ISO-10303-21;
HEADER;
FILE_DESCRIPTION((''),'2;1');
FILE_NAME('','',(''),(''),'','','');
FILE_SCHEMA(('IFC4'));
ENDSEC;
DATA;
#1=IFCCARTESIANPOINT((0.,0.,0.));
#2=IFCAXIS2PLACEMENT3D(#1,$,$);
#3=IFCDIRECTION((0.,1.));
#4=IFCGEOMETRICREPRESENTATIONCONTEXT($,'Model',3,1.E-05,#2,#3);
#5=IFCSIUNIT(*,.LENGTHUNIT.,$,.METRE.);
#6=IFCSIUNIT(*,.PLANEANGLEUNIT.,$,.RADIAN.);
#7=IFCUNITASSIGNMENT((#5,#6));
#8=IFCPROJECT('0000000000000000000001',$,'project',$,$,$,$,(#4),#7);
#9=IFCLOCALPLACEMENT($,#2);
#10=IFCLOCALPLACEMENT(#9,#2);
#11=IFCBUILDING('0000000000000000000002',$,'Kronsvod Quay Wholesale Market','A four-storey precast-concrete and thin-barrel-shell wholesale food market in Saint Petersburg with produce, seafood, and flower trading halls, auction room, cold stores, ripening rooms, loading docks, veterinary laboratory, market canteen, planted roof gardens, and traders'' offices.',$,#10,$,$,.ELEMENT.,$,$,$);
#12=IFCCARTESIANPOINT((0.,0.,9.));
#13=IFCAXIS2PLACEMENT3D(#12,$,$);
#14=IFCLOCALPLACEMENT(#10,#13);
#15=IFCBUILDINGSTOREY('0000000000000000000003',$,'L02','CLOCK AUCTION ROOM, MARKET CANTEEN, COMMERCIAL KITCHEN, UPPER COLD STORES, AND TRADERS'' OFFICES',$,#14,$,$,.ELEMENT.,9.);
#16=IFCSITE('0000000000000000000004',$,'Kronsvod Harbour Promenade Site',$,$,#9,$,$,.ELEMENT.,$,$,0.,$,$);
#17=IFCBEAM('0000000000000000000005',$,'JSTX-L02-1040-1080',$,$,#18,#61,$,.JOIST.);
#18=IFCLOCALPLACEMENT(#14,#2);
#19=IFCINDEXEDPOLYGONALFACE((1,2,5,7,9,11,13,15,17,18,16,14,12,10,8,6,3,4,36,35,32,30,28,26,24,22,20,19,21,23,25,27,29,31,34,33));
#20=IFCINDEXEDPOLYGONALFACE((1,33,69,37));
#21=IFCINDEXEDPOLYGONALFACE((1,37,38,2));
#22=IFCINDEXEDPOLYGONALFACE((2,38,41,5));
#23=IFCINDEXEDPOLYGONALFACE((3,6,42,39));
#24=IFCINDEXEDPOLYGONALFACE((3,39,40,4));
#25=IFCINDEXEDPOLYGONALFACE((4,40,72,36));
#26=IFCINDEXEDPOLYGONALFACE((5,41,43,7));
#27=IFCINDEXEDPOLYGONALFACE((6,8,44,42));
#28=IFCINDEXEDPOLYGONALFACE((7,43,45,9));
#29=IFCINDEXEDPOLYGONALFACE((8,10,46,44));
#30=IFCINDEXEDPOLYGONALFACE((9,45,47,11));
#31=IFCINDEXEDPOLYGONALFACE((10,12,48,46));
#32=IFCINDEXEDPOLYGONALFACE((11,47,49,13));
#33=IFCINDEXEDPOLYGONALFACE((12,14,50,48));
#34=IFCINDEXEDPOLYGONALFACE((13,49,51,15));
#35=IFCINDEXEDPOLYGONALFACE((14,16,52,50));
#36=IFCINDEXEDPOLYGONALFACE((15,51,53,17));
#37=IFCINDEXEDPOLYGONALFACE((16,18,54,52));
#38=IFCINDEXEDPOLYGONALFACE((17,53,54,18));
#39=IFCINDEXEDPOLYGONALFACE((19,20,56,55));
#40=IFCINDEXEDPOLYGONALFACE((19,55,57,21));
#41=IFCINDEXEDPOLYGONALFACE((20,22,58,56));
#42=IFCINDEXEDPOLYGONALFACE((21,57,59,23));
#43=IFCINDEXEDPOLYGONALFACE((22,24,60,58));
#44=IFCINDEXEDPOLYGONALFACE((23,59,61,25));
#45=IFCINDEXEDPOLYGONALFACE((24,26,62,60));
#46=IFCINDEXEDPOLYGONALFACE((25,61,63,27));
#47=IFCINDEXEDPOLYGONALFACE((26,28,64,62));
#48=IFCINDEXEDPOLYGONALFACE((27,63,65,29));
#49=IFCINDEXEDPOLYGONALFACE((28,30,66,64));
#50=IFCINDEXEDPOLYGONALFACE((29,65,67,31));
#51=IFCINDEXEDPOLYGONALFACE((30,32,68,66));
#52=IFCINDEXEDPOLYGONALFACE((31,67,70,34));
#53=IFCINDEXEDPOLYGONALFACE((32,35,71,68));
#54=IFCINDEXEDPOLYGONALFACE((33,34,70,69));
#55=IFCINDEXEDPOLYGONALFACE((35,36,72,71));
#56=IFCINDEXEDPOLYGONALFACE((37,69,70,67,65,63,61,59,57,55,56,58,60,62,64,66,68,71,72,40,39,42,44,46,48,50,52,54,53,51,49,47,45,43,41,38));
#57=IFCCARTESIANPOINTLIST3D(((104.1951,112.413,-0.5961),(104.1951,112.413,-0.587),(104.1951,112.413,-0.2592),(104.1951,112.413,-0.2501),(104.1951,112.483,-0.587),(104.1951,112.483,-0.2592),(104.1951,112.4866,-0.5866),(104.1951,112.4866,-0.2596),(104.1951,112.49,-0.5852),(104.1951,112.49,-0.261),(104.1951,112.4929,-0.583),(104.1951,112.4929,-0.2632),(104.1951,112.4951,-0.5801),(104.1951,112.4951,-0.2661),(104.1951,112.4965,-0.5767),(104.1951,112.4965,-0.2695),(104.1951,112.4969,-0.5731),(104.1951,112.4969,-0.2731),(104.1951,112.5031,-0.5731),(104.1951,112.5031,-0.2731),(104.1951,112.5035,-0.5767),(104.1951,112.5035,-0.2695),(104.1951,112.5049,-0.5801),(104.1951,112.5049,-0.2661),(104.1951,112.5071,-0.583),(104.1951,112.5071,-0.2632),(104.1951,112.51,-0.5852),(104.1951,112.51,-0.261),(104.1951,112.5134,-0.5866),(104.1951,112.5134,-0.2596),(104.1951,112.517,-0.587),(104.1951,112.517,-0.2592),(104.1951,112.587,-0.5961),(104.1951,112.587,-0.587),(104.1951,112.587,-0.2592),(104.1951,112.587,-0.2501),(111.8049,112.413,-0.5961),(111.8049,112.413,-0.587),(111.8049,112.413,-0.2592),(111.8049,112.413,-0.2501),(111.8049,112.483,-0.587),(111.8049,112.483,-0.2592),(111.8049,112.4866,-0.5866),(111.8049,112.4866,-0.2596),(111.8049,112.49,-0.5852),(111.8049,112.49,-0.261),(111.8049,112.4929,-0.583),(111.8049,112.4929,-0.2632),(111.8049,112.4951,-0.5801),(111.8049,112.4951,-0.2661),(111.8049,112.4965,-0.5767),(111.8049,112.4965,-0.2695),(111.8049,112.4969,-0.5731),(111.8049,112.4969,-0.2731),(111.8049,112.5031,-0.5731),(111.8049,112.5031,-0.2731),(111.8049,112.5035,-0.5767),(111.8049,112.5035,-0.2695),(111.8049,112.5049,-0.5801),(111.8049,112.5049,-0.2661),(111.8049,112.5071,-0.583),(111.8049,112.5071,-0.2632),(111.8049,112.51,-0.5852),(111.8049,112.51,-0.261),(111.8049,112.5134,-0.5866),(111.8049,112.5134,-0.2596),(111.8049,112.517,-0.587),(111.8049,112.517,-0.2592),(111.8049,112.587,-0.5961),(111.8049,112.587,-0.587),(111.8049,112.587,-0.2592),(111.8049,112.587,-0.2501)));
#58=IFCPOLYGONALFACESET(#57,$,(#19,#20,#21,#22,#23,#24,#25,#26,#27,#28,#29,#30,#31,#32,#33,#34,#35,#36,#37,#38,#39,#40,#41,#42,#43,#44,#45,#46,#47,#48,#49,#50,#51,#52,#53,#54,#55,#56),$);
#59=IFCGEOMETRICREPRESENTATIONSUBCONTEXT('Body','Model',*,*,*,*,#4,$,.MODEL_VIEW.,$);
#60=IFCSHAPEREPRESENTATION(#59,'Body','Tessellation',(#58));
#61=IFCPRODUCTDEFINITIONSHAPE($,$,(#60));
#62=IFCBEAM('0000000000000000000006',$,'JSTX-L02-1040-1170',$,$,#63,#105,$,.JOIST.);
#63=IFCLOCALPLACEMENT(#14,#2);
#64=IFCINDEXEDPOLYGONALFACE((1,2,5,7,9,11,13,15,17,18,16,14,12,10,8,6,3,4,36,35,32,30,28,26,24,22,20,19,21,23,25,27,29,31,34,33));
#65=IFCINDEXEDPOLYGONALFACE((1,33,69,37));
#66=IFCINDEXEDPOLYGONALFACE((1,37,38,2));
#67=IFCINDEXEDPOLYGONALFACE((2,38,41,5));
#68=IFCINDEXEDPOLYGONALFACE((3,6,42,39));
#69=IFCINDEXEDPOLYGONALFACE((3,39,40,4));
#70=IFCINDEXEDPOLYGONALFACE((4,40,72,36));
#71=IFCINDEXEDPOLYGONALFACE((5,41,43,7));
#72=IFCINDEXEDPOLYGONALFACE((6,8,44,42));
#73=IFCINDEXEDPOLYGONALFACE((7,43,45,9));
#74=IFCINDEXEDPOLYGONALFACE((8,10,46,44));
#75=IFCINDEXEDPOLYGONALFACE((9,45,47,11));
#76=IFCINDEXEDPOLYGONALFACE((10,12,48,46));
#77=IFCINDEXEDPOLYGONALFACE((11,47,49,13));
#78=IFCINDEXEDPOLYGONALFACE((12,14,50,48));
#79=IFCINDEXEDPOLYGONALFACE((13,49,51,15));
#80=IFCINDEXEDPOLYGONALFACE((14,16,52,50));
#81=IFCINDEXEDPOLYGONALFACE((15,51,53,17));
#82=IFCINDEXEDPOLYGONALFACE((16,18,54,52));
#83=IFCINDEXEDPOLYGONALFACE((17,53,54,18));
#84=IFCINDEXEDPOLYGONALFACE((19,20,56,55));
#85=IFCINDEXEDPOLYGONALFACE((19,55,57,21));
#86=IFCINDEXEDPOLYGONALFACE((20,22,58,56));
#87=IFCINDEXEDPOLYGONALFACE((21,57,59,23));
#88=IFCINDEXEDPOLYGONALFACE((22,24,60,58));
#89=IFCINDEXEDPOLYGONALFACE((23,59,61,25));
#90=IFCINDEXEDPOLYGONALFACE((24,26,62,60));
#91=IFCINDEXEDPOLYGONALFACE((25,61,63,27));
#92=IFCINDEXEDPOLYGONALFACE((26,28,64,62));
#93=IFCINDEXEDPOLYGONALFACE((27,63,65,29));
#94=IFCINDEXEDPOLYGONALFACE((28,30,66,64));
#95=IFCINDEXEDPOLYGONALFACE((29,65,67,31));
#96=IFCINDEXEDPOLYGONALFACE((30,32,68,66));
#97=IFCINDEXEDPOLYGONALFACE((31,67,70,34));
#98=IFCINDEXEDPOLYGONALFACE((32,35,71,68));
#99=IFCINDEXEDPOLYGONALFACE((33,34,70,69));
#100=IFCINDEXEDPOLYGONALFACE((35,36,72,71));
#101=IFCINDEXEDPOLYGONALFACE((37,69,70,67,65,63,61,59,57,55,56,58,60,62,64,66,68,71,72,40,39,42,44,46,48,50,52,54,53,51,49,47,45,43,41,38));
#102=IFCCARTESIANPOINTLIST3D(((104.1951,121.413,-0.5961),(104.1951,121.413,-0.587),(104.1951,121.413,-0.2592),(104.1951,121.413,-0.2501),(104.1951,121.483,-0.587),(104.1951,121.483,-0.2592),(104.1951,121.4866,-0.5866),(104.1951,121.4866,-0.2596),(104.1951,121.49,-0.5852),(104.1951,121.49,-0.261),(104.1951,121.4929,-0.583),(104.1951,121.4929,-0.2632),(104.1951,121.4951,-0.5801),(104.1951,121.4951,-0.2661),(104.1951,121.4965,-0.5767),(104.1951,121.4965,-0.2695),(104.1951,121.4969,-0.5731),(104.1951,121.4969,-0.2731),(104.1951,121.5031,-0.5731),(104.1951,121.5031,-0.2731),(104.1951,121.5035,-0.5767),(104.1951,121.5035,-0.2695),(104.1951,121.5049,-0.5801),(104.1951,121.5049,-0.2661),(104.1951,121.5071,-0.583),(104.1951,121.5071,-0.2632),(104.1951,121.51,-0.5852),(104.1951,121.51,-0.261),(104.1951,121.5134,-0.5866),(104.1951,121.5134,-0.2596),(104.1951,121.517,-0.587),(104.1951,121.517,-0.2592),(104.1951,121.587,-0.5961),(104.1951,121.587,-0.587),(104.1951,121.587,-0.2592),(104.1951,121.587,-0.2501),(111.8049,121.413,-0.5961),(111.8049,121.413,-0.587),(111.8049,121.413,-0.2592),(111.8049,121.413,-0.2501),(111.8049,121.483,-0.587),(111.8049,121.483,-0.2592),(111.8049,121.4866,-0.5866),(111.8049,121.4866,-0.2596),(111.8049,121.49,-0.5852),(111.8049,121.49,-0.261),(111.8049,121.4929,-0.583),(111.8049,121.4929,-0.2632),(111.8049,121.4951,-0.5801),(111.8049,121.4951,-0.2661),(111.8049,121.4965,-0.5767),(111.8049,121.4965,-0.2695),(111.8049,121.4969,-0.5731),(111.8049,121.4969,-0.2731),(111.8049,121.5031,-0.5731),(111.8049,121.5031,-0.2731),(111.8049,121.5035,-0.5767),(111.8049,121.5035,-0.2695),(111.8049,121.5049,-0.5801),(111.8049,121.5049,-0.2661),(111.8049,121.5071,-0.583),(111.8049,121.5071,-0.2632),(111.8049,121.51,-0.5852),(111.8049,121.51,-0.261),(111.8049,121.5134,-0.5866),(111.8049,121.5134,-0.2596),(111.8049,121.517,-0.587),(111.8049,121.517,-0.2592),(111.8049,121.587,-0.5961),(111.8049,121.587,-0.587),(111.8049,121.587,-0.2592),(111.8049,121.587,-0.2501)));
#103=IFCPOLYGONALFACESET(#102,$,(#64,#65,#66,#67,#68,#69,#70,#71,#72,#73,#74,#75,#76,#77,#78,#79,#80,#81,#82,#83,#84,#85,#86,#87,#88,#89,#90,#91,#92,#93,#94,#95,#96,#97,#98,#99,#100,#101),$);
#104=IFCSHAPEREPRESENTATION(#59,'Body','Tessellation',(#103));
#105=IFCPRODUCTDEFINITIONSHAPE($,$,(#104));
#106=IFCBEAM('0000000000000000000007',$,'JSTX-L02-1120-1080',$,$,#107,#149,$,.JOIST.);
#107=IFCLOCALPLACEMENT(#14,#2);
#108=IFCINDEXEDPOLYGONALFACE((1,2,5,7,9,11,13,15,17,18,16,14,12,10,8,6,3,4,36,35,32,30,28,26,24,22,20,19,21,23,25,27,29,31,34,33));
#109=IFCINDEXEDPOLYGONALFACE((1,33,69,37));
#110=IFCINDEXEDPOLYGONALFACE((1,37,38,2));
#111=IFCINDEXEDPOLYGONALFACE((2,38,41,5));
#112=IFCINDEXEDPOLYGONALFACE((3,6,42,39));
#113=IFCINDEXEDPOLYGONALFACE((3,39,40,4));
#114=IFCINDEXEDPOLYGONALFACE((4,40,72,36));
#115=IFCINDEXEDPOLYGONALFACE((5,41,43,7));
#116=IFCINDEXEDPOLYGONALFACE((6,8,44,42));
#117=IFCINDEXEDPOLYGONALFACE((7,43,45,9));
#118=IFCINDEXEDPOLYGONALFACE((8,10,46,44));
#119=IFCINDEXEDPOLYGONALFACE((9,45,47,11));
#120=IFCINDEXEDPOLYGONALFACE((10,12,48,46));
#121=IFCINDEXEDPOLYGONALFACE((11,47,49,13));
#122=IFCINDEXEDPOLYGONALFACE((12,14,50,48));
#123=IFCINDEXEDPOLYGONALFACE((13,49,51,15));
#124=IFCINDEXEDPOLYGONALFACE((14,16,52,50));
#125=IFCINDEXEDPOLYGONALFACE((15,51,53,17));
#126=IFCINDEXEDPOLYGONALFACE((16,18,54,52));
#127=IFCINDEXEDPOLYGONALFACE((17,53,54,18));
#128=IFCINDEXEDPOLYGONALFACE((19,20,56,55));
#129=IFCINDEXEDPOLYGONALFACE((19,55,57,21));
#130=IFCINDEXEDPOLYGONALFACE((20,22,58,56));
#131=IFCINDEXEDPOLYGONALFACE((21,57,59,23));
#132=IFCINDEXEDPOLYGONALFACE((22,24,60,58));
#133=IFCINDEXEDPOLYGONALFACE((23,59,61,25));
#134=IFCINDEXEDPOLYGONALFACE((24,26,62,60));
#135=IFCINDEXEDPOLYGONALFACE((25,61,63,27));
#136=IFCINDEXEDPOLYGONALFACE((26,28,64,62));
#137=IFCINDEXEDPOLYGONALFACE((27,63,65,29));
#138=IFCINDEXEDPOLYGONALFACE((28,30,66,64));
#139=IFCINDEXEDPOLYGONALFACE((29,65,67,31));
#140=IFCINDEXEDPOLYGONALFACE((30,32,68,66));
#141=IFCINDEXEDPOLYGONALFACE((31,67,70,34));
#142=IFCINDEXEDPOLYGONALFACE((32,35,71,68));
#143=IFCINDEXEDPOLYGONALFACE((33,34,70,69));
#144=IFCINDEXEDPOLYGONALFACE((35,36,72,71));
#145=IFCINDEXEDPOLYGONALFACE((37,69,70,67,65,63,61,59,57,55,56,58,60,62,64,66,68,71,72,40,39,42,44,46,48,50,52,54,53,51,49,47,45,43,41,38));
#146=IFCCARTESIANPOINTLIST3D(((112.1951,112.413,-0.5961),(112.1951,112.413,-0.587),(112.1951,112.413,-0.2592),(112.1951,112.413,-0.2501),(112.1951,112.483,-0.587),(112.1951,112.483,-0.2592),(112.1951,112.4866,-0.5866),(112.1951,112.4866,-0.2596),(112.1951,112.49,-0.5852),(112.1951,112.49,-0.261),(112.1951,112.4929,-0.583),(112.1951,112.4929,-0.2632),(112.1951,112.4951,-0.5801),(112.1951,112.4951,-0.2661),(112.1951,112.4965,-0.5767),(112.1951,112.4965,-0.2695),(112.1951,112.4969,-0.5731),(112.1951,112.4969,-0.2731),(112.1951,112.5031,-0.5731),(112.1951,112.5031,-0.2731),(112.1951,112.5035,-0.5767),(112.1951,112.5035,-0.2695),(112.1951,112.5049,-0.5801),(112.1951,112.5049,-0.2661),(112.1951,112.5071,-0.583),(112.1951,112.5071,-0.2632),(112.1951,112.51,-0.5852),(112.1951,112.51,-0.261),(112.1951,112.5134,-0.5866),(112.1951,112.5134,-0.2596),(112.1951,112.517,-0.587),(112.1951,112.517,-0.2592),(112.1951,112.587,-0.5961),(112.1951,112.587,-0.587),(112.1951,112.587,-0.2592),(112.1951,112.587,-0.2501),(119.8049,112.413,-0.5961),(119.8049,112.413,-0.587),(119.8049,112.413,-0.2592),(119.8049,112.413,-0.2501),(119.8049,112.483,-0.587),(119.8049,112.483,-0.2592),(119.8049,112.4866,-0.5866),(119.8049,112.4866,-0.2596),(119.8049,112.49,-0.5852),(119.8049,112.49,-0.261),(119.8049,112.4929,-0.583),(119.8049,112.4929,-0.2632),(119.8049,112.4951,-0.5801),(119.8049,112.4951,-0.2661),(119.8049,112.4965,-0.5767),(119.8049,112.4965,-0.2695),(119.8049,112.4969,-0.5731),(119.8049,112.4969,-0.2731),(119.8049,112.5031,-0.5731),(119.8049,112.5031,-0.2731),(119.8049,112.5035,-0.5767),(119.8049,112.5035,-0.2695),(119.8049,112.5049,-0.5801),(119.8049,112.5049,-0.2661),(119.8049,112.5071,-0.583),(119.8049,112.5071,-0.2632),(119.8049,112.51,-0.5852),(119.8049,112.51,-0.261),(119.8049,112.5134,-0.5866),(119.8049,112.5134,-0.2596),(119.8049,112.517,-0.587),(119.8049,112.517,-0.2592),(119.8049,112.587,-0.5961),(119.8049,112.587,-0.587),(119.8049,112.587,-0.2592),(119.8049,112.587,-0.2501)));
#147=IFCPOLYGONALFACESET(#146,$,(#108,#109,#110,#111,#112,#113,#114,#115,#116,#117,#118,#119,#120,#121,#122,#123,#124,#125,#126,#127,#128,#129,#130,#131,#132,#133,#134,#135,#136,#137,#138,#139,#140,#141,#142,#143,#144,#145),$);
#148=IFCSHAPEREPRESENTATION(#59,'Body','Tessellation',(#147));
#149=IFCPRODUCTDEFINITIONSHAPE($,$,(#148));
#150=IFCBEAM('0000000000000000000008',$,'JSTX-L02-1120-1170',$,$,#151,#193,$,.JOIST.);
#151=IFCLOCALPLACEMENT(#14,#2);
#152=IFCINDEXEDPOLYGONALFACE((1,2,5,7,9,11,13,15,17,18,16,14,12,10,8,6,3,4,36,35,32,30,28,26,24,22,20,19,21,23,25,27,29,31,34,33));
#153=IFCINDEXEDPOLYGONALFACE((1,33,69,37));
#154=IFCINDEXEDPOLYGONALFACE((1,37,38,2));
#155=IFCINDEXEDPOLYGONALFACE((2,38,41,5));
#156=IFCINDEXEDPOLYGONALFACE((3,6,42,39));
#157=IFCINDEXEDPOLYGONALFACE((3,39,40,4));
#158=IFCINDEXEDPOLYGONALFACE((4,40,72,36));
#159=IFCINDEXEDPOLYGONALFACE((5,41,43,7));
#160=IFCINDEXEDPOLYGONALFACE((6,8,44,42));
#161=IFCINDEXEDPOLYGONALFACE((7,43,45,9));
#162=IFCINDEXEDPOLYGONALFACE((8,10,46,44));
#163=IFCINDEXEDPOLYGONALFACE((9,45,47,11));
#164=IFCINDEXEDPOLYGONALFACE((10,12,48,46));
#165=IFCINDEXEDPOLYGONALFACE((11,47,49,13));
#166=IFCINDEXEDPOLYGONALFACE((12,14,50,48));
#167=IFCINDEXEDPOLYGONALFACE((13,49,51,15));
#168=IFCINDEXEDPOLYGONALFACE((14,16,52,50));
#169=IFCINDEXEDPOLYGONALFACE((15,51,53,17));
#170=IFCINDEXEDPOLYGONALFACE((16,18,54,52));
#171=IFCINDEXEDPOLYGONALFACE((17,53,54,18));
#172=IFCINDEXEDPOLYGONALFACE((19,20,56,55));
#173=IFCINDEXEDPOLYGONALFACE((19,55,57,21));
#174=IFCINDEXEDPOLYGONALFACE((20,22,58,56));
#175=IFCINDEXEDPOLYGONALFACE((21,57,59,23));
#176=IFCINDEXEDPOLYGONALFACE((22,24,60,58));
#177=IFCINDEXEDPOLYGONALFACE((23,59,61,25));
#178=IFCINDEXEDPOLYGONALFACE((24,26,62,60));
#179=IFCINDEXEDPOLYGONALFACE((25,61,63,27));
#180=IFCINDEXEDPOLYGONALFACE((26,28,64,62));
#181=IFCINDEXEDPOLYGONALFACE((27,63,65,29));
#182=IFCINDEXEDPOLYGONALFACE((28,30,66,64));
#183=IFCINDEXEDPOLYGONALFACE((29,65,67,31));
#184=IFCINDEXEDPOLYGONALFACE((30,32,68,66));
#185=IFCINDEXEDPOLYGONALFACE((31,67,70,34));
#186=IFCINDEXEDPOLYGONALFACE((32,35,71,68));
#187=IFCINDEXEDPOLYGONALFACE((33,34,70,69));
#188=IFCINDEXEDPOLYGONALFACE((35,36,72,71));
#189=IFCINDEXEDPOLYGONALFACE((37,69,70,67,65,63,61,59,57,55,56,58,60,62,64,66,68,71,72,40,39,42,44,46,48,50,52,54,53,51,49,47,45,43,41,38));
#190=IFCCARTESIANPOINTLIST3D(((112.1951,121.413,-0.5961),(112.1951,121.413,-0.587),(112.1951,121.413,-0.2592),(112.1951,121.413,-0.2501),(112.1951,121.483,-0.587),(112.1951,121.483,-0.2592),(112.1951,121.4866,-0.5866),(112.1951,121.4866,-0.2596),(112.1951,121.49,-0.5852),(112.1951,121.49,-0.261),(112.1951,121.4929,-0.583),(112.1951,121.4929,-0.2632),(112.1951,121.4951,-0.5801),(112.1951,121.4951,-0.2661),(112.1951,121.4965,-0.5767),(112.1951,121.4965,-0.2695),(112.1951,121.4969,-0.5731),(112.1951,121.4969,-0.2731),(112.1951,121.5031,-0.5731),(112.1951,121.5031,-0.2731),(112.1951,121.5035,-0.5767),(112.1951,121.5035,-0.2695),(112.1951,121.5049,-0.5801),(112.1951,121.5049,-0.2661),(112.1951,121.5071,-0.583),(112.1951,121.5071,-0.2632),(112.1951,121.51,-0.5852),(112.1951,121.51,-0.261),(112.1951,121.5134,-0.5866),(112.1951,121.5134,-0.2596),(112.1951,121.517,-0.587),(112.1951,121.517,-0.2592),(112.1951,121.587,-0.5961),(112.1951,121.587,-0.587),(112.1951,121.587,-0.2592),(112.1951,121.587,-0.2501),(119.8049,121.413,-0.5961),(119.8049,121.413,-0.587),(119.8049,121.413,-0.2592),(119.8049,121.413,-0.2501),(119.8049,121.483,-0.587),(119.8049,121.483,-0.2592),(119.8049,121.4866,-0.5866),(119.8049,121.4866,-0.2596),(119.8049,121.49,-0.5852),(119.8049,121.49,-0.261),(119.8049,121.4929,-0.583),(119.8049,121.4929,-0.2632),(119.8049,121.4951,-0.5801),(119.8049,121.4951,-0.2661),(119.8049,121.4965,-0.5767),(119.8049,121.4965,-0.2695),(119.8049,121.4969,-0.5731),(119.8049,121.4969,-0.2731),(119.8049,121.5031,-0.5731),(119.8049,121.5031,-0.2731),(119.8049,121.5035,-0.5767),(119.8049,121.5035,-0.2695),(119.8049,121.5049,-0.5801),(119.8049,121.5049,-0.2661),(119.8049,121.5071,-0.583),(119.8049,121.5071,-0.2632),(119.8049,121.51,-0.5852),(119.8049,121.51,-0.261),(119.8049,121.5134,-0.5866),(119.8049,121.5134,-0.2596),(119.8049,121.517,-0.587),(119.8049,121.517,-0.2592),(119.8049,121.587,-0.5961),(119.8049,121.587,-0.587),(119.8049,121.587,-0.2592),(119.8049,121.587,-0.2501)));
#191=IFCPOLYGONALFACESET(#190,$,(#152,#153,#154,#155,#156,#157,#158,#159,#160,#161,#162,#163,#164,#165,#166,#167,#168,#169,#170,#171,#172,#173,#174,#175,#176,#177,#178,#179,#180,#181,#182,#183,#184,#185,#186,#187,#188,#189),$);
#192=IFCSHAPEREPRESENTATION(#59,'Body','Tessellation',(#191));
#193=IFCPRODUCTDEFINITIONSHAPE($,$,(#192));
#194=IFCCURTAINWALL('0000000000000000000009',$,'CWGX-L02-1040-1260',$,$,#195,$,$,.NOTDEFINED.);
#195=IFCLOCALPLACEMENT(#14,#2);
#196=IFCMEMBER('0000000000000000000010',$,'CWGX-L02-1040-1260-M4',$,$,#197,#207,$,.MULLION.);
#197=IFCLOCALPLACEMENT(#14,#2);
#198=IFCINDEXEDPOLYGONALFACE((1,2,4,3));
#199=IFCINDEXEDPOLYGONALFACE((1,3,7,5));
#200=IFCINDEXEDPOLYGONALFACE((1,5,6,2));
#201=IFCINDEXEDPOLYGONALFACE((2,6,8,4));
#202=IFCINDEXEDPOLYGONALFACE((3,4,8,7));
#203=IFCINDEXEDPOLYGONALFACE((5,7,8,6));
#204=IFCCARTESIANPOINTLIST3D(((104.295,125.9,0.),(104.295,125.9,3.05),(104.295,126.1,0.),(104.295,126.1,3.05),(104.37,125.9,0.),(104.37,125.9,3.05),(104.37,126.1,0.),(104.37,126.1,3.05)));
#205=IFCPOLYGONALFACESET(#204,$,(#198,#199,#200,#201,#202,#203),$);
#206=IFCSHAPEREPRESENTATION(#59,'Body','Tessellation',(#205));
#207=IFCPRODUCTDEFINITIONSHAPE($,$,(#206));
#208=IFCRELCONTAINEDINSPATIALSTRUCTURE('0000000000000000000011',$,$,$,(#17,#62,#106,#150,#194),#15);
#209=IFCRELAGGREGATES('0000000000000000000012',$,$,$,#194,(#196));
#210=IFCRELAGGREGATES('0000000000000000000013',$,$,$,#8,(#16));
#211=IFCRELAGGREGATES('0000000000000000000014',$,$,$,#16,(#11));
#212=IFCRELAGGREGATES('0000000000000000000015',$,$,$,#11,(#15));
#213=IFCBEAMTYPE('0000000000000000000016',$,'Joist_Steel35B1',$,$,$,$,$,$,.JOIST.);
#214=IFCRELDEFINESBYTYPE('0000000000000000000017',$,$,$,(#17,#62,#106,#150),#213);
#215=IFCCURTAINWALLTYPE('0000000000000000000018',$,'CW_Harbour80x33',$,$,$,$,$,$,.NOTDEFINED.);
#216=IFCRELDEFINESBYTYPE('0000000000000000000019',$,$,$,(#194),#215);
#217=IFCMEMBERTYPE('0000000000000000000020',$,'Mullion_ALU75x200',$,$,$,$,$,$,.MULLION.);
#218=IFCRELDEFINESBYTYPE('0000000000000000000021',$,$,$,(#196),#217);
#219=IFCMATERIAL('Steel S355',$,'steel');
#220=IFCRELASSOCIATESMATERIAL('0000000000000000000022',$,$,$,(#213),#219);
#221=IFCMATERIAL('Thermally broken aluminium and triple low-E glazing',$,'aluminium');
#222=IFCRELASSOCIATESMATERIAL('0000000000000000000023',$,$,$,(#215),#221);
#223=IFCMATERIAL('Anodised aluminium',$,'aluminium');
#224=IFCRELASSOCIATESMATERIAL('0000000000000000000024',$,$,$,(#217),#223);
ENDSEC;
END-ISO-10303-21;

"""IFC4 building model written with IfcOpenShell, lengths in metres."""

from ifc_helpers import new_model, si_unit, direction, frame, origin, origin_2d, place, context, subcontext, project, spatial, rectangle, i_section, extrude, material, material_profile, profile_set, type_object, element, aggregate, save


model = new_model("IFC4")

# Units and contexts
model_context = context("Model", 3, precision=1e-05, world=origin(), true_north=direction((0.0, 1.0)))
body_context = subcontext(model_context, "Body", "Model", "MODEL_VIEW")
ifc_project = project(units=[si_unit("LENGTHUNIT", "METRE"), si_unit("PLANEANGLEUNIT", "RADIAN")], contexts=[model_context])

# Site, building, storey
site_placement = place(None, origin())
site = spatial("IfcSite", under=ifc_project, at=site_placement, Name="Kronsvod Harbour Promenade Site", CompositionType="ELEMENT", RefElevation=0.0)
building_placement = place(site_placement, origin())
building = spatial("IfcBuilding", under=site, at=building_placement, Name="Kronsvod Quay Wholesale Market", Description="A four-storey precast-concrete and thin-barrel-shell wholesale food market in Saint Petersburg with produce, seafood, and flower trading halls, auction room, cold stores, ripening rooms, loading docks, veterinary laboratory, market canteen, planted roof gardens, and traders' offices.", CompositionType="ELEMENT")
storey_placement = place(building_placement, frame((0.0, 0.0, 9.0)))
storey = spatial("IfcBuildingStorey", under=building, at=storey_placement, Name="L02", Description="CLOCK AUCTION ROOM, MARKET CANTEEN, COMMERCIAL KITCHEN, UPPER COLD STORES, AND TRADERS' OFFICES", CompositionType="ELEMENT", Elevation=9.0)

# Beams
ifc_material_1 = material(Name="Steel S355", Category="steel")
ifc_material_profile_1 = material_profile(ifc_material_1, i_section(OverallWidth=0.1741, OverallDepth=0.3459, WebThickness=0.0061, FlangeThickness=0.009, FilletRadius=0.0139, at=origin_2d()), Name="35B1")
ifc_profile_set_1 = profile_set([ifc_material_profile_1], Name="Steel S355")
beam_type_1 = type_object("IfcBeamType", Name="Joist_Steel35B1", PredefinedType="JOIST", material=ifc_profile_set_1)
for number, where, z_axis, x_axis, name in (
    (1, (104.1951, 112.5, -0.4231), (1.0, 0.0, 0.0), (0.0, 1.0, 0.0), "JSTX-L02-1040-1080"),
    (2, (104.1951, 121.5, -0.4231), (1.0, 0.0, 0.0), (0.0, 1.0, 0.0), "JSTX-L02-1040-1170"),
    (3, (112.1951, 112.5, -0.4231), (1.0, 0.0, 0.0), (0.0, 1.0, 0.0), "JSTX-L02-1120-1080"),
    (4, (112.1951, 121.5, -0.4231), (1.0, 0.0, 0.0), (0.0, 1.0, 0.0), "JSTX-L02-1120-1170"),
):
    element("IfcBeam", number, at=place(storey_placement, frame(where, z_axis=z_axis, x_axis=x_axis)), inside=storey, type_object=beam_type_1, Name=name, PredefinedType="JOIST", context=body_context, shape_type="SweptSolid", body=[
        extrude(i_section(OverallWidth=0.1741, OverallDepth=0.3459, WebThickness=0.0061, FlangeThickness=0.009, FilletRadius=0.0139, at=origin_2d()), origin(), (0.0, 0.0, 1.0), 7.6099),
    ])

# Curtain wall, member
ifc_material_2 = material(Name="Thermally broken aluminium and triple low-E glazing", Category="aluminium")
curtain_wall_type = type_object("IfcCurtainWallType", Name="CW_Harbour80x33", PredefinedType="NOTDEFINED", material=ifc_material_2)
curtain_wall_placement = place(storey_placement, origin())
curtain_wall = element("IfcCurtainWall", 5, at=curtain_wall_placement, inside=storey, type_object=curtain_wall_type, Name="CWGX-L02-1040-1260", PredefinedType="NOTDEFINED")
ifc_material_3 = material(Name="Anodised aluminium", Category="aluminium")
ifc_material_profile_2 = material_profile(ifc_material_3, rectangle(XDim=0.075, YDim=0.2, at=origin_2d()), Name="ALUM75x200")
ifc_profile_set_2 = profile_set([ifc_material_profile_2], Name="Anodised aluminium")
member_type_1 = type_object("IfcMemberType", Name="Mullion_ALU75x200", PredefinedType="MULLION", material=ifc_profile_set_2)
member_1_placement = place(storey_placement, frame((104.3325, 126.0, 0.0), z_axis=(0.0, 0.0, 1.0), x_axis=(1.0, 0.0, 0.0)))
member_1 = element("IfcMember", 6, at=member_1_placement, type_object=member_type_1, Name="CWGX-L02-1040-1260-M4", PredefinedType="MULLION", context=body_context, shape_type="SweptSolid", body=[
    extrude(rectangle(XDim=0.075, YDim=0.2, at=origin_2d()), origin(), (0.0, 0.0, 1.0), 3.05),
])

aggregate(curtain_wall, [member_1])

save(model, "model.ifc")
